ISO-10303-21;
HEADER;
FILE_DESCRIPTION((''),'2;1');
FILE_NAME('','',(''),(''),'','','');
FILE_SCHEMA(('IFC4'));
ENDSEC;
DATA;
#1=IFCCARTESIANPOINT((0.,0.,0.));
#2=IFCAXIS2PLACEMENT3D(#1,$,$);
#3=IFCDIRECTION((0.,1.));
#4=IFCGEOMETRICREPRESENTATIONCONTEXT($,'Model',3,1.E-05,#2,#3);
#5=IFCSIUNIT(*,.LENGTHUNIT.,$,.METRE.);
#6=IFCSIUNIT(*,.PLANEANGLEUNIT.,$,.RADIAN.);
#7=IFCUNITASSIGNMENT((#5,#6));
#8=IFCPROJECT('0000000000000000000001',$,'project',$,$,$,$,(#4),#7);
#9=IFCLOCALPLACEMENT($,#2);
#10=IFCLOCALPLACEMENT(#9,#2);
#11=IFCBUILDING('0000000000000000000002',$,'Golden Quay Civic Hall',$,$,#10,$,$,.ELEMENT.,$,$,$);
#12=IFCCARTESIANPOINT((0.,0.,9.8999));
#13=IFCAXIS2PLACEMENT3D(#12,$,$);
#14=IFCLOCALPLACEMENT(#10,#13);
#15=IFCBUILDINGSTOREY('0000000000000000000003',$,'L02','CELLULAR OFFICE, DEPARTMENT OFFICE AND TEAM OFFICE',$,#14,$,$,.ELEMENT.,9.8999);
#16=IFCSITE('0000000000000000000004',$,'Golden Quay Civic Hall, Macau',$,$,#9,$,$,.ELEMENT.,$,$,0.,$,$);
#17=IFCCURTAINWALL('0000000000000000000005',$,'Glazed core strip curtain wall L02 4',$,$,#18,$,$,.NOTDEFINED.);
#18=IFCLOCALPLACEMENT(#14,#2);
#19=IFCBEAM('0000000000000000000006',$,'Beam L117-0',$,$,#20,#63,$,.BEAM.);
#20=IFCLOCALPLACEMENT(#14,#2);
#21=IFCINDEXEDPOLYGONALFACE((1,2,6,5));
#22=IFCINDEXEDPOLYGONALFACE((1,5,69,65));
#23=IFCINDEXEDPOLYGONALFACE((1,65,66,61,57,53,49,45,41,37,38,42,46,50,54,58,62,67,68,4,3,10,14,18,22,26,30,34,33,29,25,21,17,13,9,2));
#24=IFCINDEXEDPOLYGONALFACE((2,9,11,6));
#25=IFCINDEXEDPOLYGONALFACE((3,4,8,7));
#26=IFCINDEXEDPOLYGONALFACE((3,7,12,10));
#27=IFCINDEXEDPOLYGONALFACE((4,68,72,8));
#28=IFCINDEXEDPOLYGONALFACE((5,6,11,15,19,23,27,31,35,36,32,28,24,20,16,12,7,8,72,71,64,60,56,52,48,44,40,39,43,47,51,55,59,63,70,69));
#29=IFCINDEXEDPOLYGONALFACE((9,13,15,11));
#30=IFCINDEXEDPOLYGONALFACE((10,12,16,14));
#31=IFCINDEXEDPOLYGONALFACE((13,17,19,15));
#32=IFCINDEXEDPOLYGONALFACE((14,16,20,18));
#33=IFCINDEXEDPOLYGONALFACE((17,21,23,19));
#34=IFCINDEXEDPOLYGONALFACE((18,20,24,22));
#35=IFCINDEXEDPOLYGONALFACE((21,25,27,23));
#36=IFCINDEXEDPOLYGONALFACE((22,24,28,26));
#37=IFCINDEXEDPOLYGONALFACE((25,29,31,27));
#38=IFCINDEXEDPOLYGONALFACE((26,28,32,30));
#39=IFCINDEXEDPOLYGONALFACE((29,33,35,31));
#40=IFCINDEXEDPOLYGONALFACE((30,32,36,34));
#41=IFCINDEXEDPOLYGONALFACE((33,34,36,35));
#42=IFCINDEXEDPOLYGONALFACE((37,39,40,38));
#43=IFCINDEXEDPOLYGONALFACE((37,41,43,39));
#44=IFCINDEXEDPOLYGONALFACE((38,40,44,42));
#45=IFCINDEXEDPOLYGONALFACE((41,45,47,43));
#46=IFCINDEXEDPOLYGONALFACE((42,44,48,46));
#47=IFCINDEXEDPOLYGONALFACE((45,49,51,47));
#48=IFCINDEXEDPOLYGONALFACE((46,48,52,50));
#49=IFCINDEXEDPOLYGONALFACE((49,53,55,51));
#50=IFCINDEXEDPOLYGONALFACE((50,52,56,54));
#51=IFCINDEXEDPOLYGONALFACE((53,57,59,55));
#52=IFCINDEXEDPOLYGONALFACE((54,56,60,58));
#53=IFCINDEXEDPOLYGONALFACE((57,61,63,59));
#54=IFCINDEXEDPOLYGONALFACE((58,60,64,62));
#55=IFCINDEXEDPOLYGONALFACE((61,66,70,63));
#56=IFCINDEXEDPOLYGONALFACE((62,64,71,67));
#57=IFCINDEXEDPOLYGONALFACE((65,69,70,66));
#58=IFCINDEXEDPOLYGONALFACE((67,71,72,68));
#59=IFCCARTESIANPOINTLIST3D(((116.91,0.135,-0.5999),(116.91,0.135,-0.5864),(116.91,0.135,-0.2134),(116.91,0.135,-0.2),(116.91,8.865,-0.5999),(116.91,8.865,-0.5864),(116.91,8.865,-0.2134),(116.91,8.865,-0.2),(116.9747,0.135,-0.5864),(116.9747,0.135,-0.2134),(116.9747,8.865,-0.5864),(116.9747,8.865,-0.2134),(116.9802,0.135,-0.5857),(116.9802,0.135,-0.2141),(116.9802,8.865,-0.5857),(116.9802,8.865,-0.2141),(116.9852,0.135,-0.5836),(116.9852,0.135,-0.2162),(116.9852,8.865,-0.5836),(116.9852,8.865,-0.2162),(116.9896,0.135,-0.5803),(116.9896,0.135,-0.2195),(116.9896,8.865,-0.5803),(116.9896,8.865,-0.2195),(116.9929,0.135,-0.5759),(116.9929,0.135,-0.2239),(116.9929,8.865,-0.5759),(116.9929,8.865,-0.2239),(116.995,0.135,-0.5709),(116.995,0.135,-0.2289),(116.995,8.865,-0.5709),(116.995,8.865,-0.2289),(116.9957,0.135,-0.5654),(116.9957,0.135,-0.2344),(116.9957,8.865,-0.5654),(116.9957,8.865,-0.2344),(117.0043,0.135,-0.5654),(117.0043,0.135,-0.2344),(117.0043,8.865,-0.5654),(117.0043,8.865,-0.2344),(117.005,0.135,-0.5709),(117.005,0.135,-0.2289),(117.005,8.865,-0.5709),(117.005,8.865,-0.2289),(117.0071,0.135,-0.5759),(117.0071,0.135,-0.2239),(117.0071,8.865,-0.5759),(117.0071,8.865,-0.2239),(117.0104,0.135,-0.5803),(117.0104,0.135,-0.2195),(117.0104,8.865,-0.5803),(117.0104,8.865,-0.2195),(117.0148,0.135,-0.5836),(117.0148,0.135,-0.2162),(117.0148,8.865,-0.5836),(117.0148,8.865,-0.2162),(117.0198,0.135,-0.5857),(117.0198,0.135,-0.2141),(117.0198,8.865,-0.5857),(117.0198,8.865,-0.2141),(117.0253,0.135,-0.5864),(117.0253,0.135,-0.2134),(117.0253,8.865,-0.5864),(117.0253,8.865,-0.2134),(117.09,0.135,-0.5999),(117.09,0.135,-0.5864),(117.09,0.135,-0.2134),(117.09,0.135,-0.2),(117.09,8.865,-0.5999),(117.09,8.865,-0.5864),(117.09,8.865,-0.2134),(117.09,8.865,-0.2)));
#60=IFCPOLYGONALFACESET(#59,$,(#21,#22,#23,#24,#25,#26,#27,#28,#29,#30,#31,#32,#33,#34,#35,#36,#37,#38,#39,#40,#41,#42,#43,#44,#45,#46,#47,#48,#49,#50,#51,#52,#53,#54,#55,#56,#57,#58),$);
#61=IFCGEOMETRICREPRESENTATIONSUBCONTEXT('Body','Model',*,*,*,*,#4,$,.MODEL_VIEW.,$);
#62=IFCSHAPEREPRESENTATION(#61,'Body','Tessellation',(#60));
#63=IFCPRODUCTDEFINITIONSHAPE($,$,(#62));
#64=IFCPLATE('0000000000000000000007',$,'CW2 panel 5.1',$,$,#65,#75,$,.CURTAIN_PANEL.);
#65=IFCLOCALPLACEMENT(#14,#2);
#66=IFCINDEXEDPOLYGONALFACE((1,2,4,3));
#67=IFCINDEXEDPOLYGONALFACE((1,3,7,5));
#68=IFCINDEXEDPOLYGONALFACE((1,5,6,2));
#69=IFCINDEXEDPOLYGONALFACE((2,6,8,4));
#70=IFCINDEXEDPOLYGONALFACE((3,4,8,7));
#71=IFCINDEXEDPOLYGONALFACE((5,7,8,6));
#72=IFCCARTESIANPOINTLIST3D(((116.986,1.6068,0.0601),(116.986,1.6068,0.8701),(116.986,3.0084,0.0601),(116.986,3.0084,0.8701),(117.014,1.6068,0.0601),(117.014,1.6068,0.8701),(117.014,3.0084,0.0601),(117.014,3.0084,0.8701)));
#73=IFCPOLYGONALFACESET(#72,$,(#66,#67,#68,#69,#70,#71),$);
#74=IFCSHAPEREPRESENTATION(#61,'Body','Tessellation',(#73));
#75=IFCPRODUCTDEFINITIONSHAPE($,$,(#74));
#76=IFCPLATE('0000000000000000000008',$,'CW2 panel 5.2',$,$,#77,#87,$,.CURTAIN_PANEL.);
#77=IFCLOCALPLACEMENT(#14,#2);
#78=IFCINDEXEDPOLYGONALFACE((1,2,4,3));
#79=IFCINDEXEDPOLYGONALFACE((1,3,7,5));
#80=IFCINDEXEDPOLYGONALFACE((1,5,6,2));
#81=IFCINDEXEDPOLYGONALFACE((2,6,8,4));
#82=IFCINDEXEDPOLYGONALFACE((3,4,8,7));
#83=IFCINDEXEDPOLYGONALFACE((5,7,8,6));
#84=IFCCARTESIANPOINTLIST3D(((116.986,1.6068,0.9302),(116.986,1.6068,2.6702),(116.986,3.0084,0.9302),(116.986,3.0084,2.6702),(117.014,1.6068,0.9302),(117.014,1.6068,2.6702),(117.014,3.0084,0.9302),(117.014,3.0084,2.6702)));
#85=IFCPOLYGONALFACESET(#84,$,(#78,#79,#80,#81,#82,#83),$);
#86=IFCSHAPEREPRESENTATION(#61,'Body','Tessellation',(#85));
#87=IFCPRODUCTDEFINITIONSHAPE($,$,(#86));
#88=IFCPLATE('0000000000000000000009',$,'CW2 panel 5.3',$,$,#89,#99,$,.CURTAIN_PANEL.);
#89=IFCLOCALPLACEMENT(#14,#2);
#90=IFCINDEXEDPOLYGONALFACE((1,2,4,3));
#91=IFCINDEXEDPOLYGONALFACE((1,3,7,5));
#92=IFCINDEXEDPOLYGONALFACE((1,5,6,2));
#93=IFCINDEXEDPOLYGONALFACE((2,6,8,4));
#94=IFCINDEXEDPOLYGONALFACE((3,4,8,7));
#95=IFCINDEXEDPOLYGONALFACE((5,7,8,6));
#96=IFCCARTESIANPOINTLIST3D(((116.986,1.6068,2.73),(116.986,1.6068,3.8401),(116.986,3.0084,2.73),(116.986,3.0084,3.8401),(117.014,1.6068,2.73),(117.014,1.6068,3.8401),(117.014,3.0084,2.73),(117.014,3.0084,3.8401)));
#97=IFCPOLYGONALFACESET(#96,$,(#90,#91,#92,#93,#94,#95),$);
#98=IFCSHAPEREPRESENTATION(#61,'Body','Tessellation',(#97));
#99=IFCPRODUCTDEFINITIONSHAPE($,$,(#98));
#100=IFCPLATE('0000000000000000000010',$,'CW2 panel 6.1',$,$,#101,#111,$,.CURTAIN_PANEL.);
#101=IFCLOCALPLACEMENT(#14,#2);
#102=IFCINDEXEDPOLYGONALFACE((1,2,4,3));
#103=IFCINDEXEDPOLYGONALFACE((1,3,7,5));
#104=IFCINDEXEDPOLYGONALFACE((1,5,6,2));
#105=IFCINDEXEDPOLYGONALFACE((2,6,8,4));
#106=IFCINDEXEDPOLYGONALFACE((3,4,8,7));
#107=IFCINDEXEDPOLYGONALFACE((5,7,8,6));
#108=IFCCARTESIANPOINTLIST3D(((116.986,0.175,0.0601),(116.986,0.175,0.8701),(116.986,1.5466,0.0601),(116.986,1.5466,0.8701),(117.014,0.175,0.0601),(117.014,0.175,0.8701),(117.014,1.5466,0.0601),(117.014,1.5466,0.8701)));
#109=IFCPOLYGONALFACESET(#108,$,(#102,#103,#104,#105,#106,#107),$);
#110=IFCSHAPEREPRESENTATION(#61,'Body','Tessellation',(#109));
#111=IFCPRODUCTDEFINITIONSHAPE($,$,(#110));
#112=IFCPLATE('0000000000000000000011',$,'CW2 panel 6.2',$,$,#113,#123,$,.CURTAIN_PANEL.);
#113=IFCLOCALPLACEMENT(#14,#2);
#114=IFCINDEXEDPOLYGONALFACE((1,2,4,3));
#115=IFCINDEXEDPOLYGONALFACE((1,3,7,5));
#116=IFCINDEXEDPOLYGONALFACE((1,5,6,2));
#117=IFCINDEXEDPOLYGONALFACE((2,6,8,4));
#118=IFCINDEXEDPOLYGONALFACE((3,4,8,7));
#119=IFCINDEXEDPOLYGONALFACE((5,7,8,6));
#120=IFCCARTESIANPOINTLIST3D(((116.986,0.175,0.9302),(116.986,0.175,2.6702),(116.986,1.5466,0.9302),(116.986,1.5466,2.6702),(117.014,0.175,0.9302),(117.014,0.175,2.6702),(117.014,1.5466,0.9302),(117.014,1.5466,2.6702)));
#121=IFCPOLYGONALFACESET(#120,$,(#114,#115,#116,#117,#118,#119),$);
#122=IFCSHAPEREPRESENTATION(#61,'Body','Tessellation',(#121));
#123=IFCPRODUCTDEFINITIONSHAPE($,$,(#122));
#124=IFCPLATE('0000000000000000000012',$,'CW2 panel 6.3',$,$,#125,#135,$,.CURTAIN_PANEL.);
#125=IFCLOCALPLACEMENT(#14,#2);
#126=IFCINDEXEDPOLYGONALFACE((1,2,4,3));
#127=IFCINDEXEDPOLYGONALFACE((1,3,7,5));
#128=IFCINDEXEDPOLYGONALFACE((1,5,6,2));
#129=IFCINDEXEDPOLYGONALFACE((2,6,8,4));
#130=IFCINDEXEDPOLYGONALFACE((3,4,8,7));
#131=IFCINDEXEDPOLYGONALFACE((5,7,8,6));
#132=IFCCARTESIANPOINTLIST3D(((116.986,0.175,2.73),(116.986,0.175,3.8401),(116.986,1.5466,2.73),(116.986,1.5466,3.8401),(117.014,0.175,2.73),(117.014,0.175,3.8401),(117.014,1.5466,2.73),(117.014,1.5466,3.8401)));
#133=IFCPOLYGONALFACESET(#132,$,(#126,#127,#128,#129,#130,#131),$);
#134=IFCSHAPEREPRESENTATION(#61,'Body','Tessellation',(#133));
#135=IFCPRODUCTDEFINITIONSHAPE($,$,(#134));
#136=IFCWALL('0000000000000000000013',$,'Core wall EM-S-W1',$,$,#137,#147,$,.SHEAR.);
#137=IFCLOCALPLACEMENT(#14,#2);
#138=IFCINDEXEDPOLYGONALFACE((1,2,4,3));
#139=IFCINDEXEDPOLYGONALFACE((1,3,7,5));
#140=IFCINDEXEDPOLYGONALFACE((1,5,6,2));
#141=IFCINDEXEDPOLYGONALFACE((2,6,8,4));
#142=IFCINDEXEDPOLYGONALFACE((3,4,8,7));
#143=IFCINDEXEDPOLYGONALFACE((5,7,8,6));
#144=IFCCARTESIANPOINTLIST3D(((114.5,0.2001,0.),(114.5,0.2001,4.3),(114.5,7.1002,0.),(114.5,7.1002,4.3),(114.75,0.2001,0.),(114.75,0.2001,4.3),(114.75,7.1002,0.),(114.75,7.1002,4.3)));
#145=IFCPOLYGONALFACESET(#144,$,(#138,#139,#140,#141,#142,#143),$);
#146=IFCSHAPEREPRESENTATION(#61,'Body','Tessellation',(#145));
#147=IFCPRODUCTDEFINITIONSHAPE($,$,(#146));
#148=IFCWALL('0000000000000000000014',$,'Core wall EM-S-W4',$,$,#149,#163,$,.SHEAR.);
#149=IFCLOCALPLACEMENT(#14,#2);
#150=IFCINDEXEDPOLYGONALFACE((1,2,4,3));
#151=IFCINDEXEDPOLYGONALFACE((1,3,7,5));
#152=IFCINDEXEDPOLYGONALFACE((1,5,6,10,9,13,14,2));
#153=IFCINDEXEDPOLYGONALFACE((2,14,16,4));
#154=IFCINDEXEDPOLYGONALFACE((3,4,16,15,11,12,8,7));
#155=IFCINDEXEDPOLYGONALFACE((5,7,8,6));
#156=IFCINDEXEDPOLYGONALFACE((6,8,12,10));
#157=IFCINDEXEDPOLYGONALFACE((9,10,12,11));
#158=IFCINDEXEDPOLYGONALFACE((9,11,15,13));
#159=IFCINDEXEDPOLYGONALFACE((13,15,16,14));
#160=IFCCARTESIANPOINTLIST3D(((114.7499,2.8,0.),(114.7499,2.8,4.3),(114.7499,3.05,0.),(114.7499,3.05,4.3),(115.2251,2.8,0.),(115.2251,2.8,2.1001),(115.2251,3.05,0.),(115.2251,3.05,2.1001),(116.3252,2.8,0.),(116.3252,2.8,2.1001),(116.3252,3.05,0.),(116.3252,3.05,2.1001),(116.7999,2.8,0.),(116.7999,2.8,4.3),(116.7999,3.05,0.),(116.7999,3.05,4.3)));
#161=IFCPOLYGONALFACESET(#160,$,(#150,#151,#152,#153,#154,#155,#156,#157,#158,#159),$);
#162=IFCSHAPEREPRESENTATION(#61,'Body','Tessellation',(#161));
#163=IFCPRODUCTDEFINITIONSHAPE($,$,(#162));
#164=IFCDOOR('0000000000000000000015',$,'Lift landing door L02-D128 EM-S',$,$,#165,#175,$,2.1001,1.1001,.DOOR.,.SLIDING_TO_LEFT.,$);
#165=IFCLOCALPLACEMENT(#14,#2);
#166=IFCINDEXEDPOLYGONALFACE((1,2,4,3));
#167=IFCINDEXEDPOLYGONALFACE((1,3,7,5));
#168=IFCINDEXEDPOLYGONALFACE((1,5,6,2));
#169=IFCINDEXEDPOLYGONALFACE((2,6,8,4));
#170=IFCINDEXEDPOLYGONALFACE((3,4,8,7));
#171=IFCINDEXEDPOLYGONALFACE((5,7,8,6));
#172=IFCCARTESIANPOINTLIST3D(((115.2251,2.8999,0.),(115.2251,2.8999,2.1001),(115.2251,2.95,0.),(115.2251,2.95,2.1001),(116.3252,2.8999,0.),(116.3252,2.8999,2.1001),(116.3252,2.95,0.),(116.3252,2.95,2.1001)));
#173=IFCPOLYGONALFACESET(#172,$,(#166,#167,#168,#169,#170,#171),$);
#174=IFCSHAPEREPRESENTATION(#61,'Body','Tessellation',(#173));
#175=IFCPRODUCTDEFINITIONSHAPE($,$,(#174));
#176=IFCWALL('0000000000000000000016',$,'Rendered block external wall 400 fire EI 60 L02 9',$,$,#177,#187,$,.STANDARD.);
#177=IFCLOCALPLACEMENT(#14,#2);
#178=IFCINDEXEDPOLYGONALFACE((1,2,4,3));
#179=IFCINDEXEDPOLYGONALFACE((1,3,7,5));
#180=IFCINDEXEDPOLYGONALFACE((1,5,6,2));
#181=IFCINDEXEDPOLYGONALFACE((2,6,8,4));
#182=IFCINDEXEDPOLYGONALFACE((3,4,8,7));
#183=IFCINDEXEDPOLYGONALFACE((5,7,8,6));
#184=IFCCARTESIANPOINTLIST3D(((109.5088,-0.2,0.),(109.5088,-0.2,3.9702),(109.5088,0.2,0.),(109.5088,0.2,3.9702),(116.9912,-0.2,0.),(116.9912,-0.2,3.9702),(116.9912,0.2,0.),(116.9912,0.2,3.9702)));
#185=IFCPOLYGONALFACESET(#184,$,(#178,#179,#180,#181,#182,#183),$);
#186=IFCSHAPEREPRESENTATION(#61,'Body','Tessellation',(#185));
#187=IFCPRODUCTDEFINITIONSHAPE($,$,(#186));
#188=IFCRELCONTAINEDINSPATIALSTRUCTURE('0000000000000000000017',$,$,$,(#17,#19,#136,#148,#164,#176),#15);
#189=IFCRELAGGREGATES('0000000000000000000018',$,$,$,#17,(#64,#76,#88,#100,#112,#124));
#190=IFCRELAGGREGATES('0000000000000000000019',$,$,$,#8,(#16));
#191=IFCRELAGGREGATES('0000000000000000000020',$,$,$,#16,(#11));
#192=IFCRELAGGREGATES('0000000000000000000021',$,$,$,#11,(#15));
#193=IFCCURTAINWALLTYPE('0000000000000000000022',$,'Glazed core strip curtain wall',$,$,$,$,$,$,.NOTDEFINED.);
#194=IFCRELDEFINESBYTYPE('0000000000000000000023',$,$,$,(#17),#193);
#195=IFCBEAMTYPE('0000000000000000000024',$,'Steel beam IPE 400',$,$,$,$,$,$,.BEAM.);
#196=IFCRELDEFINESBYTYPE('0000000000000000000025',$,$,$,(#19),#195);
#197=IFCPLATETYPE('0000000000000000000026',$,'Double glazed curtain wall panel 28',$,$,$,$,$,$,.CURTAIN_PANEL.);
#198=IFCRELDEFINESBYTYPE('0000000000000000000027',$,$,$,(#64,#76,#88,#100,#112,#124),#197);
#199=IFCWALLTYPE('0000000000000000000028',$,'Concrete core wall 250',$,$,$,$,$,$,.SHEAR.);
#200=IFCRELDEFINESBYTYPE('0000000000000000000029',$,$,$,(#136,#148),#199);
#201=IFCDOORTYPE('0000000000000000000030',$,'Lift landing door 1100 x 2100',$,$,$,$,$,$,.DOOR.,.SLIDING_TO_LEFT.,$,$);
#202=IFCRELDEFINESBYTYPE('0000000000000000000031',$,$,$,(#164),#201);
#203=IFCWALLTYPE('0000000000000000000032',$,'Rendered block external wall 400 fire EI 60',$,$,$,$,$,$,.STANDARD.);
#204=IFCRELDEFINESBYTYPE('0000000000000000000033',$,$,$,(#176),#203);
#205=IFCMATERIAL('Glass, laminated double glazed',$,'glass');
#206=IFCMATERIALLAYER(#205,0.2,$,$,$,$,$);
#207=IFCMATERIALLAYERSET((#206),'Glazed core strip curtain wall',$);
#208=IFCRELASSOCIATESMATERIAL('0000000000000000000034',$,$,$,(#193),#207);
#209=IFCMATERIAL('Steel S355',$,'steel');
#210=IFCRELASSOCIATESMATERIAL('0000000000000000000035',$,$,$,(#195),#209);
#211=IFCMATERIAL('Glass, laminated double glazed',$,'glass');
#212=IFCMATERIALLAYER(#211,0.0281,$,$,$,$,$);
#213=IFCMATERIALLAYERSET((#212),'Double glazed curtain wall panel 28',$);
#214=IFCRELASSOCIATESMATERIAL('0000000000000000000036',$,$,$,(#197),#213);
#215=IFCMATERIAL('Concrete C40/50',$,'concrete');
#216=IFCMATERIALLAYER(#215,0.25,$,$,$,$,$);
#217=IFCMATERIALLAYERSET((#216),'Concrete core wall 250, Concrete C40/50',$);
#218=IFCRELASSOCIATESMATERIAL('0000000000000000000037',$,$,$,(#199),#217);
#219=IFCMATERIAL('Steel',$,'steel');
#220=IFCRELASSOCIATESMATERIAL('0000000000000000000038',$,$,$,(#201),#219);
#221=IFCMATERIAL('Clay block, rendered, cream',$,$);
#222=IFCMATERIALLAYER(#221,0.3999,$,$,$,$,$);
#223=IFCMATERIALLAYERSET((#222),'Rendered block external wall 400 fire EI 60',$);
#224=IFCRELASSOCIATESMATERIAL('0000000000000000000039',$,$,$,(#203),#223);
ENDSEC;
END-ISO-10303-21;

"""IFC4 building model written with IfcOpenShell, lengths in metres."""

from ifc_helpers import new_model, si_unit, direction, frame, frame_2d, origin, origin_2d, place, context, subcontext, project, spatial, rectangle, i_section, extrude, material, layer, layer_set, material_profile, profile_set, type_object, element, fill, aggregate, save


model = new_model("IFC4")

# Units and contexts
model_context = context("Model", 3, precision=1e-05, world=origin(), true_north=direction((0.0, 1.0)))
body_context = subcontext(model_context, "Body", "Model", "MODEL_VIEW")
ifc_project = project(units=[si_unit("LENGTHUNIT", "METRE"), si_unit("PLANEANGLEUNIT", "RADIAN")], contexts=[model_context])

# Site, building, storey
site_placement = place(None, origin())
site = spatial("IfcSite", under=ifc_project, at=site_placement, Name="Golden Quay Civic Hall, Macau", CompositionType="ELEMENT", RefElevation=0.0)
building_placement = place(site_placement, origin())
building = spatial("IfcBuilding", under=site, at=building_placement, Name="Golden Quay Civic Hall", CompositionType="ELEMENT")
storey_placement = place(building_placement, frame((0.0, 0.0, 9.8999)))
storey = spatial("IfcBuildingStorey", under=building, at=storey_placement, Name="L02", Description="CELLULAR OFFICE, DEPARTMENT OFFICE AND TEAM OFFICE", CompositionType="ELEMENT", Elevation=9.8999)

# Curtain wall
ifc_material_1 = material(Name="Glass, laminated double glazed", Category="glass")
ifc_layer_1 = layer(ifc_material_1, 0.2)
ifc_layer_set_1 = layer_set([ifc_layer_1], Name="Glazed core strip curtain wall")
curtain_wall_type = type_object("IfcCurtainWallType", Name="Glazed core strip curtain wall", PredefinedType="NOTDEFINED", material=ifc_layer_set_1)
curtain_wall_placement = place(storey_placement, origin())
curtain_wall = element("IfcCurtainWall", 1, at=curtain_wall_placement, inside=storey, type_object=curtain_wall_type, Name="Glazed core strip curtain wall L02 4", PredefinedType="NOTDEFINED")

# Beam
ifc_material_2 = material(Name="Steel S355", Category="steel")
ifc_material_profile_1 = material_profile(ifc_material_2, i_section(OverallWidth=0.1799, OverallDepth=0.3999, WebThickness=0.0085, FlangeThickness=0.0134, FilletRadius=0.021, at=origin_2d()), Name="IPE 400")
ifc_profile_set_1 = profile_set([ifc_material_profile_1], Name="Steel S355")
beam_type_1 = type_object("IfcBeamType", Name="Steel beam IPE 400", PredefinedType="BEAM", material=ifc_profile_set_1)
beam_1_placement = place(storey_placement, frame((117.0, 0.135, -0.3999), z_axis=(0.0, 1.0, 0.0), x_axis=(-1.0, 0.0, 0.0)))
element("IfcBeam", 2, at=beam_1_placement, inside=storey, type_object=beam_type_1, Name="Beam L117-0", PredefinedType="BEAM", context=body_context, shape_type="SweptSolid", body=[
    extrude(i_section(OverallWidth=0.1799, OverallDepth=0.3999, WebThickness=0.0085, FlangeThickness=0.0134, FilletRadius=0.021, at=origin_2d()), origin(), (0.0, 0.0, 1.0), 8.73),
])

# Plates
ifc_material_3 = material(Name="Glass, laminated double glazed", Category="glass")
ifc_layer_2 = layer(ifc_material_3, 0.0281)
ifc_layer_set_2 = layer_set([ifc_layer_2], Name="Double glazed curtain wall panel 28")
plate_type = type_object("IfcPlateType", Name="Double glazed curtain wall panel 28", PredefinedType="CURTAIN_PANEL", material=ifc_layer_set_2)
plate_1_placement = place(storey_placement, frame((117.0, 2.3076, 0.0601), z_axis=(0.0, 0.0, 1.0), x_axis=(0.0, -1.0, 0.0)))
plate_1 = element("IfcPlate", 3, at=plate_1_placement, type_object=plate_type, Name="CW2 panel 5.1", PredefinedType="CURTAIN_PANEL", context=body_context, shape_type="SweptSolid", body=[
    extrude(rectangle(XDim=1.4016, YDim=0.0281, at=origin_2d()), origin(), (0.0, 0.0, 1.0), 0.8101),
])
plate_2_placement = place(storey_placement, frame((117.0, 2.3076, 0.9302), z_axis=(0.0, 0.0, 1.0), x_axis=(0.0, -1.0, 0.0)))
plate_2 = element("IfcPlate", 4, at=plate_2_placement, type_object=plate_type, Name="CW2 panel 5.2", PredefinedType="CURTAIN_PANEL", context=body_context, shape_type="SweptSolid", body=[
    extrude(rectangle(XDim=1.4016, YDim=0.0281, at=origin_2d()), origin(), (0.0, 0.0, 1.0), 1.74),
])
plate_3_placement = place(storey_placement, frame((117.0, 2.3076, 2.73), z_axis=(0.0, 0.0, 1.0), x_axis=(0.0, -1.0, 0.0)))
plate_3 = element("IfcPlate", 5, at=plate_3_placement, type_object=plate_type, Name="CW2 panel 5.3", PredefinedType="CURTAIN_PANEL", context=body_context, shape_type="SweptSolid", body=[
    extrude(rectangle(XDim=1.4016, YDim=0.0281, at=origin_2d()), origin(), (0.0, 0.0, 1.0), 1.1101),
])
plate_4_placement = place(storey_placement, frame((117.0, 0.8608, 0.0601), z_axis=(0.0, 0.0, 1.0), x_axis=(0.0, -1.0, 0.0)))
plate_4 = element("IfcPlate", 6, at=plate_4_placement, type_object=plate_type, Name="CW2 panel 6.1", PredefinedType="CURTAIN_PANEL", context=body_context, shape_type="SweptSolid", body=[
    extrude(rectangle(XDim=1.3716, YDim=0.0281, at=origin_2d()), origin(), (0.0, 0.0, 1.0), 0.8101),
])
plate_5_placement = place(storey_placement, frame((117.0, 0.8608, 0.9302), z_axis=(0.0, 0.0, 1.0), x_axis=(0.0, -1.0, 0.0)))
plate_5 = element("IfcPlate", 7, at=plate_5_placement, type_object=plate_type, Name="CW2 panel 6.2", PredefinedType="CURTAIN_PANEL", context=body_context, shape_type="SweptSolid", body=[
    extrude(rectangle(XDim=1.3716, YDim=0.0281, at=origin_2d()), origin(), (0.0, 0.0, 1.0), 1.74),
])
plate_6_placement = place(storey_placement, frame((117.0, 0.8608, 2.73), z_axis=(0.0, 0.0, 1.0), x_axis=(0.0, -1.0, 0.0)))
plate_6 = element("IfcPlate", 8, at=plate_6_placement, type_object=plate_type, Name="CW2 panel 6.3", PredefinedType="CURTAIN_PANEL", context=body_context, shape_type="SweptSolid", body=[
    extrude(rectangle(XDim=1.3716, YDim=0.0281, at=origin_2d()), origin(), (0.0, 0.0, 1.0), 1.1101),
])
aggregate(curtain_wall, [plate_1, plate_2, plate_3, plate_4, plate_5, plate_6])

# Wall
ifc_material_4 = material(Name="Concrete C40/50", Category="concrete")
ifc_layer_3 = layer(ifc_material_4, 0.25)
ifc_layer_set_3 = layer_set([ifc_layer_3], Name="Concrete core wall 250, Concrete C40/50")
wall_type_1 = type_object("IfcWallType", Name="Concrete core wall 250", PredefinedType="SHEAR", material=ifc_layer_set_3)
wall_1_placement = place(storey_placement, frame((114.625, 0.2, 0.0), z_axis=(0.0, 0.0, 1.0), x_axis=(0.0, 1.0, 0.0)))
element("IfcWall", 9, at=wall_1_placement, inside=storey, type_object=wall_type_1, Name="Core wall EM-S-W1", PredefinedType="SHEAR", context=body_context, shape_type="SweptSolid", body=[
    extrude(rectangle(XDim=6.9001, YDim=0.25, at=frame_2d((3.4502, 0.0))), origin(), (0.0, 0.0, 1.0), 4.3),
])

# Wall, opening, door
wall_2_placement = place(storey_placement, frame((114.75, 2.925, 0.0), z_axis=(0.0, 0.0, 1.0), x_axis=(1.0, 0.0, 0.0)))
wall_2 = element("IfcWall", 10, at=wall_2_placement, inside=storey, type_object=wall_type_1, Name="Core wall EM-S-W4", PredefinedType="SHEAR", context=body_context, shape_type="SweptSolid", body=[
    extrude(rectangle(XDim=2.05, YDim=0.25, at=frame_2d((1.0249, 0.0))), origin(), (0.0, 0.0, 1.0), 4.3),
])
opening_placement = place(wall_2_placement, frame((0.4751, 0.0, 0.0)))
opening = element("IfcOpeningElement", 11, at=opening_placement, cuts=wall_2, PredefinedType="OPENING", context=body_context, shape_type="SweptSolid", body=[
    extrude(rectangle(XDim=1.1001, YDim=2.1001, at=frame_2d((0.55, 1.05))), frame((0.0, 0.135, 0.0), z_axis=(0.0, -1.0, 0.0), x_axis=(1.0, 0.0, 0.0)), (0.0, 0.0, 1.0), 0.27),
])
ifc_material_5 = material(Name="Steel", Category="steel")
door_type = type_object("IfcDoorType", Name="Lift landing door 1100 x 2100", OperationType="SLIDING_TO_LEFT", PredefinedType="DOOR", material=ifc_material_5)
door_placement = place(opening_placement, origin())
door = element("IfcDoor", 12, at=door_placement, inside=storey, type_object=door_type, Name="Lift landing door L02-D128 EM-S", OperationType="SLIDING_TO_LEFT", OverallHeight=2.1001, OverallWidth=1.1001, PredefinedType="DOOR", context=body_context, shape_type="SweptSolid", body=[
    extrude(rectangle(XDim=1.1001, YDim=2.1001, at=frame_2d((0.55, 1.05))), frame((0.0, 0.0249, 0.0), z_axis=(0.0, -1.0, 0.0), x_axis=(1.0, 0.0, 0.0)), (0.0, 0.0, 1.0), 0.05),
])
fill(opening, door)

# Wall
ifc_material_6 = material(Name="Clay block, rendered, cream")
ifc_layer_4 = layer(ifc_material_6, 0.3999)
ifc_layer_set_4 = layer_set([ifc_layer_4], Name="Rendered block external wall 400 fire EI 60")
wall_type_2 = type_object("IfcWallType", Name="Rendered block external wall 400 fire EI 60", PredefinedType="STANDARD", material=ifc_layer_set_4)
wall_3_placement = place(storey_placement, frame((116.9912, 0.0, 0.0), z_axis=(0.0, 0.0, 1.0), x_axis=(-1.0, 0.0, 0.0)))
element("IfcWall", 13, at=wall_3_placement, inside=storey, type_object=wall_type_2, Name="Rendered block external wall 400 fire EI 60 L02 9", PredefinedType="STANDARD", context=body_context, shape_type="SweptSolid", body=[
    extrude(rectangle(XDim=7.4824, YDim=0.3999, at=frame_2d((3.7412, 0.0))), origin(), (0.0, 0.0, 1.0), 3.9702),
])

save(model, "model.ifc")
